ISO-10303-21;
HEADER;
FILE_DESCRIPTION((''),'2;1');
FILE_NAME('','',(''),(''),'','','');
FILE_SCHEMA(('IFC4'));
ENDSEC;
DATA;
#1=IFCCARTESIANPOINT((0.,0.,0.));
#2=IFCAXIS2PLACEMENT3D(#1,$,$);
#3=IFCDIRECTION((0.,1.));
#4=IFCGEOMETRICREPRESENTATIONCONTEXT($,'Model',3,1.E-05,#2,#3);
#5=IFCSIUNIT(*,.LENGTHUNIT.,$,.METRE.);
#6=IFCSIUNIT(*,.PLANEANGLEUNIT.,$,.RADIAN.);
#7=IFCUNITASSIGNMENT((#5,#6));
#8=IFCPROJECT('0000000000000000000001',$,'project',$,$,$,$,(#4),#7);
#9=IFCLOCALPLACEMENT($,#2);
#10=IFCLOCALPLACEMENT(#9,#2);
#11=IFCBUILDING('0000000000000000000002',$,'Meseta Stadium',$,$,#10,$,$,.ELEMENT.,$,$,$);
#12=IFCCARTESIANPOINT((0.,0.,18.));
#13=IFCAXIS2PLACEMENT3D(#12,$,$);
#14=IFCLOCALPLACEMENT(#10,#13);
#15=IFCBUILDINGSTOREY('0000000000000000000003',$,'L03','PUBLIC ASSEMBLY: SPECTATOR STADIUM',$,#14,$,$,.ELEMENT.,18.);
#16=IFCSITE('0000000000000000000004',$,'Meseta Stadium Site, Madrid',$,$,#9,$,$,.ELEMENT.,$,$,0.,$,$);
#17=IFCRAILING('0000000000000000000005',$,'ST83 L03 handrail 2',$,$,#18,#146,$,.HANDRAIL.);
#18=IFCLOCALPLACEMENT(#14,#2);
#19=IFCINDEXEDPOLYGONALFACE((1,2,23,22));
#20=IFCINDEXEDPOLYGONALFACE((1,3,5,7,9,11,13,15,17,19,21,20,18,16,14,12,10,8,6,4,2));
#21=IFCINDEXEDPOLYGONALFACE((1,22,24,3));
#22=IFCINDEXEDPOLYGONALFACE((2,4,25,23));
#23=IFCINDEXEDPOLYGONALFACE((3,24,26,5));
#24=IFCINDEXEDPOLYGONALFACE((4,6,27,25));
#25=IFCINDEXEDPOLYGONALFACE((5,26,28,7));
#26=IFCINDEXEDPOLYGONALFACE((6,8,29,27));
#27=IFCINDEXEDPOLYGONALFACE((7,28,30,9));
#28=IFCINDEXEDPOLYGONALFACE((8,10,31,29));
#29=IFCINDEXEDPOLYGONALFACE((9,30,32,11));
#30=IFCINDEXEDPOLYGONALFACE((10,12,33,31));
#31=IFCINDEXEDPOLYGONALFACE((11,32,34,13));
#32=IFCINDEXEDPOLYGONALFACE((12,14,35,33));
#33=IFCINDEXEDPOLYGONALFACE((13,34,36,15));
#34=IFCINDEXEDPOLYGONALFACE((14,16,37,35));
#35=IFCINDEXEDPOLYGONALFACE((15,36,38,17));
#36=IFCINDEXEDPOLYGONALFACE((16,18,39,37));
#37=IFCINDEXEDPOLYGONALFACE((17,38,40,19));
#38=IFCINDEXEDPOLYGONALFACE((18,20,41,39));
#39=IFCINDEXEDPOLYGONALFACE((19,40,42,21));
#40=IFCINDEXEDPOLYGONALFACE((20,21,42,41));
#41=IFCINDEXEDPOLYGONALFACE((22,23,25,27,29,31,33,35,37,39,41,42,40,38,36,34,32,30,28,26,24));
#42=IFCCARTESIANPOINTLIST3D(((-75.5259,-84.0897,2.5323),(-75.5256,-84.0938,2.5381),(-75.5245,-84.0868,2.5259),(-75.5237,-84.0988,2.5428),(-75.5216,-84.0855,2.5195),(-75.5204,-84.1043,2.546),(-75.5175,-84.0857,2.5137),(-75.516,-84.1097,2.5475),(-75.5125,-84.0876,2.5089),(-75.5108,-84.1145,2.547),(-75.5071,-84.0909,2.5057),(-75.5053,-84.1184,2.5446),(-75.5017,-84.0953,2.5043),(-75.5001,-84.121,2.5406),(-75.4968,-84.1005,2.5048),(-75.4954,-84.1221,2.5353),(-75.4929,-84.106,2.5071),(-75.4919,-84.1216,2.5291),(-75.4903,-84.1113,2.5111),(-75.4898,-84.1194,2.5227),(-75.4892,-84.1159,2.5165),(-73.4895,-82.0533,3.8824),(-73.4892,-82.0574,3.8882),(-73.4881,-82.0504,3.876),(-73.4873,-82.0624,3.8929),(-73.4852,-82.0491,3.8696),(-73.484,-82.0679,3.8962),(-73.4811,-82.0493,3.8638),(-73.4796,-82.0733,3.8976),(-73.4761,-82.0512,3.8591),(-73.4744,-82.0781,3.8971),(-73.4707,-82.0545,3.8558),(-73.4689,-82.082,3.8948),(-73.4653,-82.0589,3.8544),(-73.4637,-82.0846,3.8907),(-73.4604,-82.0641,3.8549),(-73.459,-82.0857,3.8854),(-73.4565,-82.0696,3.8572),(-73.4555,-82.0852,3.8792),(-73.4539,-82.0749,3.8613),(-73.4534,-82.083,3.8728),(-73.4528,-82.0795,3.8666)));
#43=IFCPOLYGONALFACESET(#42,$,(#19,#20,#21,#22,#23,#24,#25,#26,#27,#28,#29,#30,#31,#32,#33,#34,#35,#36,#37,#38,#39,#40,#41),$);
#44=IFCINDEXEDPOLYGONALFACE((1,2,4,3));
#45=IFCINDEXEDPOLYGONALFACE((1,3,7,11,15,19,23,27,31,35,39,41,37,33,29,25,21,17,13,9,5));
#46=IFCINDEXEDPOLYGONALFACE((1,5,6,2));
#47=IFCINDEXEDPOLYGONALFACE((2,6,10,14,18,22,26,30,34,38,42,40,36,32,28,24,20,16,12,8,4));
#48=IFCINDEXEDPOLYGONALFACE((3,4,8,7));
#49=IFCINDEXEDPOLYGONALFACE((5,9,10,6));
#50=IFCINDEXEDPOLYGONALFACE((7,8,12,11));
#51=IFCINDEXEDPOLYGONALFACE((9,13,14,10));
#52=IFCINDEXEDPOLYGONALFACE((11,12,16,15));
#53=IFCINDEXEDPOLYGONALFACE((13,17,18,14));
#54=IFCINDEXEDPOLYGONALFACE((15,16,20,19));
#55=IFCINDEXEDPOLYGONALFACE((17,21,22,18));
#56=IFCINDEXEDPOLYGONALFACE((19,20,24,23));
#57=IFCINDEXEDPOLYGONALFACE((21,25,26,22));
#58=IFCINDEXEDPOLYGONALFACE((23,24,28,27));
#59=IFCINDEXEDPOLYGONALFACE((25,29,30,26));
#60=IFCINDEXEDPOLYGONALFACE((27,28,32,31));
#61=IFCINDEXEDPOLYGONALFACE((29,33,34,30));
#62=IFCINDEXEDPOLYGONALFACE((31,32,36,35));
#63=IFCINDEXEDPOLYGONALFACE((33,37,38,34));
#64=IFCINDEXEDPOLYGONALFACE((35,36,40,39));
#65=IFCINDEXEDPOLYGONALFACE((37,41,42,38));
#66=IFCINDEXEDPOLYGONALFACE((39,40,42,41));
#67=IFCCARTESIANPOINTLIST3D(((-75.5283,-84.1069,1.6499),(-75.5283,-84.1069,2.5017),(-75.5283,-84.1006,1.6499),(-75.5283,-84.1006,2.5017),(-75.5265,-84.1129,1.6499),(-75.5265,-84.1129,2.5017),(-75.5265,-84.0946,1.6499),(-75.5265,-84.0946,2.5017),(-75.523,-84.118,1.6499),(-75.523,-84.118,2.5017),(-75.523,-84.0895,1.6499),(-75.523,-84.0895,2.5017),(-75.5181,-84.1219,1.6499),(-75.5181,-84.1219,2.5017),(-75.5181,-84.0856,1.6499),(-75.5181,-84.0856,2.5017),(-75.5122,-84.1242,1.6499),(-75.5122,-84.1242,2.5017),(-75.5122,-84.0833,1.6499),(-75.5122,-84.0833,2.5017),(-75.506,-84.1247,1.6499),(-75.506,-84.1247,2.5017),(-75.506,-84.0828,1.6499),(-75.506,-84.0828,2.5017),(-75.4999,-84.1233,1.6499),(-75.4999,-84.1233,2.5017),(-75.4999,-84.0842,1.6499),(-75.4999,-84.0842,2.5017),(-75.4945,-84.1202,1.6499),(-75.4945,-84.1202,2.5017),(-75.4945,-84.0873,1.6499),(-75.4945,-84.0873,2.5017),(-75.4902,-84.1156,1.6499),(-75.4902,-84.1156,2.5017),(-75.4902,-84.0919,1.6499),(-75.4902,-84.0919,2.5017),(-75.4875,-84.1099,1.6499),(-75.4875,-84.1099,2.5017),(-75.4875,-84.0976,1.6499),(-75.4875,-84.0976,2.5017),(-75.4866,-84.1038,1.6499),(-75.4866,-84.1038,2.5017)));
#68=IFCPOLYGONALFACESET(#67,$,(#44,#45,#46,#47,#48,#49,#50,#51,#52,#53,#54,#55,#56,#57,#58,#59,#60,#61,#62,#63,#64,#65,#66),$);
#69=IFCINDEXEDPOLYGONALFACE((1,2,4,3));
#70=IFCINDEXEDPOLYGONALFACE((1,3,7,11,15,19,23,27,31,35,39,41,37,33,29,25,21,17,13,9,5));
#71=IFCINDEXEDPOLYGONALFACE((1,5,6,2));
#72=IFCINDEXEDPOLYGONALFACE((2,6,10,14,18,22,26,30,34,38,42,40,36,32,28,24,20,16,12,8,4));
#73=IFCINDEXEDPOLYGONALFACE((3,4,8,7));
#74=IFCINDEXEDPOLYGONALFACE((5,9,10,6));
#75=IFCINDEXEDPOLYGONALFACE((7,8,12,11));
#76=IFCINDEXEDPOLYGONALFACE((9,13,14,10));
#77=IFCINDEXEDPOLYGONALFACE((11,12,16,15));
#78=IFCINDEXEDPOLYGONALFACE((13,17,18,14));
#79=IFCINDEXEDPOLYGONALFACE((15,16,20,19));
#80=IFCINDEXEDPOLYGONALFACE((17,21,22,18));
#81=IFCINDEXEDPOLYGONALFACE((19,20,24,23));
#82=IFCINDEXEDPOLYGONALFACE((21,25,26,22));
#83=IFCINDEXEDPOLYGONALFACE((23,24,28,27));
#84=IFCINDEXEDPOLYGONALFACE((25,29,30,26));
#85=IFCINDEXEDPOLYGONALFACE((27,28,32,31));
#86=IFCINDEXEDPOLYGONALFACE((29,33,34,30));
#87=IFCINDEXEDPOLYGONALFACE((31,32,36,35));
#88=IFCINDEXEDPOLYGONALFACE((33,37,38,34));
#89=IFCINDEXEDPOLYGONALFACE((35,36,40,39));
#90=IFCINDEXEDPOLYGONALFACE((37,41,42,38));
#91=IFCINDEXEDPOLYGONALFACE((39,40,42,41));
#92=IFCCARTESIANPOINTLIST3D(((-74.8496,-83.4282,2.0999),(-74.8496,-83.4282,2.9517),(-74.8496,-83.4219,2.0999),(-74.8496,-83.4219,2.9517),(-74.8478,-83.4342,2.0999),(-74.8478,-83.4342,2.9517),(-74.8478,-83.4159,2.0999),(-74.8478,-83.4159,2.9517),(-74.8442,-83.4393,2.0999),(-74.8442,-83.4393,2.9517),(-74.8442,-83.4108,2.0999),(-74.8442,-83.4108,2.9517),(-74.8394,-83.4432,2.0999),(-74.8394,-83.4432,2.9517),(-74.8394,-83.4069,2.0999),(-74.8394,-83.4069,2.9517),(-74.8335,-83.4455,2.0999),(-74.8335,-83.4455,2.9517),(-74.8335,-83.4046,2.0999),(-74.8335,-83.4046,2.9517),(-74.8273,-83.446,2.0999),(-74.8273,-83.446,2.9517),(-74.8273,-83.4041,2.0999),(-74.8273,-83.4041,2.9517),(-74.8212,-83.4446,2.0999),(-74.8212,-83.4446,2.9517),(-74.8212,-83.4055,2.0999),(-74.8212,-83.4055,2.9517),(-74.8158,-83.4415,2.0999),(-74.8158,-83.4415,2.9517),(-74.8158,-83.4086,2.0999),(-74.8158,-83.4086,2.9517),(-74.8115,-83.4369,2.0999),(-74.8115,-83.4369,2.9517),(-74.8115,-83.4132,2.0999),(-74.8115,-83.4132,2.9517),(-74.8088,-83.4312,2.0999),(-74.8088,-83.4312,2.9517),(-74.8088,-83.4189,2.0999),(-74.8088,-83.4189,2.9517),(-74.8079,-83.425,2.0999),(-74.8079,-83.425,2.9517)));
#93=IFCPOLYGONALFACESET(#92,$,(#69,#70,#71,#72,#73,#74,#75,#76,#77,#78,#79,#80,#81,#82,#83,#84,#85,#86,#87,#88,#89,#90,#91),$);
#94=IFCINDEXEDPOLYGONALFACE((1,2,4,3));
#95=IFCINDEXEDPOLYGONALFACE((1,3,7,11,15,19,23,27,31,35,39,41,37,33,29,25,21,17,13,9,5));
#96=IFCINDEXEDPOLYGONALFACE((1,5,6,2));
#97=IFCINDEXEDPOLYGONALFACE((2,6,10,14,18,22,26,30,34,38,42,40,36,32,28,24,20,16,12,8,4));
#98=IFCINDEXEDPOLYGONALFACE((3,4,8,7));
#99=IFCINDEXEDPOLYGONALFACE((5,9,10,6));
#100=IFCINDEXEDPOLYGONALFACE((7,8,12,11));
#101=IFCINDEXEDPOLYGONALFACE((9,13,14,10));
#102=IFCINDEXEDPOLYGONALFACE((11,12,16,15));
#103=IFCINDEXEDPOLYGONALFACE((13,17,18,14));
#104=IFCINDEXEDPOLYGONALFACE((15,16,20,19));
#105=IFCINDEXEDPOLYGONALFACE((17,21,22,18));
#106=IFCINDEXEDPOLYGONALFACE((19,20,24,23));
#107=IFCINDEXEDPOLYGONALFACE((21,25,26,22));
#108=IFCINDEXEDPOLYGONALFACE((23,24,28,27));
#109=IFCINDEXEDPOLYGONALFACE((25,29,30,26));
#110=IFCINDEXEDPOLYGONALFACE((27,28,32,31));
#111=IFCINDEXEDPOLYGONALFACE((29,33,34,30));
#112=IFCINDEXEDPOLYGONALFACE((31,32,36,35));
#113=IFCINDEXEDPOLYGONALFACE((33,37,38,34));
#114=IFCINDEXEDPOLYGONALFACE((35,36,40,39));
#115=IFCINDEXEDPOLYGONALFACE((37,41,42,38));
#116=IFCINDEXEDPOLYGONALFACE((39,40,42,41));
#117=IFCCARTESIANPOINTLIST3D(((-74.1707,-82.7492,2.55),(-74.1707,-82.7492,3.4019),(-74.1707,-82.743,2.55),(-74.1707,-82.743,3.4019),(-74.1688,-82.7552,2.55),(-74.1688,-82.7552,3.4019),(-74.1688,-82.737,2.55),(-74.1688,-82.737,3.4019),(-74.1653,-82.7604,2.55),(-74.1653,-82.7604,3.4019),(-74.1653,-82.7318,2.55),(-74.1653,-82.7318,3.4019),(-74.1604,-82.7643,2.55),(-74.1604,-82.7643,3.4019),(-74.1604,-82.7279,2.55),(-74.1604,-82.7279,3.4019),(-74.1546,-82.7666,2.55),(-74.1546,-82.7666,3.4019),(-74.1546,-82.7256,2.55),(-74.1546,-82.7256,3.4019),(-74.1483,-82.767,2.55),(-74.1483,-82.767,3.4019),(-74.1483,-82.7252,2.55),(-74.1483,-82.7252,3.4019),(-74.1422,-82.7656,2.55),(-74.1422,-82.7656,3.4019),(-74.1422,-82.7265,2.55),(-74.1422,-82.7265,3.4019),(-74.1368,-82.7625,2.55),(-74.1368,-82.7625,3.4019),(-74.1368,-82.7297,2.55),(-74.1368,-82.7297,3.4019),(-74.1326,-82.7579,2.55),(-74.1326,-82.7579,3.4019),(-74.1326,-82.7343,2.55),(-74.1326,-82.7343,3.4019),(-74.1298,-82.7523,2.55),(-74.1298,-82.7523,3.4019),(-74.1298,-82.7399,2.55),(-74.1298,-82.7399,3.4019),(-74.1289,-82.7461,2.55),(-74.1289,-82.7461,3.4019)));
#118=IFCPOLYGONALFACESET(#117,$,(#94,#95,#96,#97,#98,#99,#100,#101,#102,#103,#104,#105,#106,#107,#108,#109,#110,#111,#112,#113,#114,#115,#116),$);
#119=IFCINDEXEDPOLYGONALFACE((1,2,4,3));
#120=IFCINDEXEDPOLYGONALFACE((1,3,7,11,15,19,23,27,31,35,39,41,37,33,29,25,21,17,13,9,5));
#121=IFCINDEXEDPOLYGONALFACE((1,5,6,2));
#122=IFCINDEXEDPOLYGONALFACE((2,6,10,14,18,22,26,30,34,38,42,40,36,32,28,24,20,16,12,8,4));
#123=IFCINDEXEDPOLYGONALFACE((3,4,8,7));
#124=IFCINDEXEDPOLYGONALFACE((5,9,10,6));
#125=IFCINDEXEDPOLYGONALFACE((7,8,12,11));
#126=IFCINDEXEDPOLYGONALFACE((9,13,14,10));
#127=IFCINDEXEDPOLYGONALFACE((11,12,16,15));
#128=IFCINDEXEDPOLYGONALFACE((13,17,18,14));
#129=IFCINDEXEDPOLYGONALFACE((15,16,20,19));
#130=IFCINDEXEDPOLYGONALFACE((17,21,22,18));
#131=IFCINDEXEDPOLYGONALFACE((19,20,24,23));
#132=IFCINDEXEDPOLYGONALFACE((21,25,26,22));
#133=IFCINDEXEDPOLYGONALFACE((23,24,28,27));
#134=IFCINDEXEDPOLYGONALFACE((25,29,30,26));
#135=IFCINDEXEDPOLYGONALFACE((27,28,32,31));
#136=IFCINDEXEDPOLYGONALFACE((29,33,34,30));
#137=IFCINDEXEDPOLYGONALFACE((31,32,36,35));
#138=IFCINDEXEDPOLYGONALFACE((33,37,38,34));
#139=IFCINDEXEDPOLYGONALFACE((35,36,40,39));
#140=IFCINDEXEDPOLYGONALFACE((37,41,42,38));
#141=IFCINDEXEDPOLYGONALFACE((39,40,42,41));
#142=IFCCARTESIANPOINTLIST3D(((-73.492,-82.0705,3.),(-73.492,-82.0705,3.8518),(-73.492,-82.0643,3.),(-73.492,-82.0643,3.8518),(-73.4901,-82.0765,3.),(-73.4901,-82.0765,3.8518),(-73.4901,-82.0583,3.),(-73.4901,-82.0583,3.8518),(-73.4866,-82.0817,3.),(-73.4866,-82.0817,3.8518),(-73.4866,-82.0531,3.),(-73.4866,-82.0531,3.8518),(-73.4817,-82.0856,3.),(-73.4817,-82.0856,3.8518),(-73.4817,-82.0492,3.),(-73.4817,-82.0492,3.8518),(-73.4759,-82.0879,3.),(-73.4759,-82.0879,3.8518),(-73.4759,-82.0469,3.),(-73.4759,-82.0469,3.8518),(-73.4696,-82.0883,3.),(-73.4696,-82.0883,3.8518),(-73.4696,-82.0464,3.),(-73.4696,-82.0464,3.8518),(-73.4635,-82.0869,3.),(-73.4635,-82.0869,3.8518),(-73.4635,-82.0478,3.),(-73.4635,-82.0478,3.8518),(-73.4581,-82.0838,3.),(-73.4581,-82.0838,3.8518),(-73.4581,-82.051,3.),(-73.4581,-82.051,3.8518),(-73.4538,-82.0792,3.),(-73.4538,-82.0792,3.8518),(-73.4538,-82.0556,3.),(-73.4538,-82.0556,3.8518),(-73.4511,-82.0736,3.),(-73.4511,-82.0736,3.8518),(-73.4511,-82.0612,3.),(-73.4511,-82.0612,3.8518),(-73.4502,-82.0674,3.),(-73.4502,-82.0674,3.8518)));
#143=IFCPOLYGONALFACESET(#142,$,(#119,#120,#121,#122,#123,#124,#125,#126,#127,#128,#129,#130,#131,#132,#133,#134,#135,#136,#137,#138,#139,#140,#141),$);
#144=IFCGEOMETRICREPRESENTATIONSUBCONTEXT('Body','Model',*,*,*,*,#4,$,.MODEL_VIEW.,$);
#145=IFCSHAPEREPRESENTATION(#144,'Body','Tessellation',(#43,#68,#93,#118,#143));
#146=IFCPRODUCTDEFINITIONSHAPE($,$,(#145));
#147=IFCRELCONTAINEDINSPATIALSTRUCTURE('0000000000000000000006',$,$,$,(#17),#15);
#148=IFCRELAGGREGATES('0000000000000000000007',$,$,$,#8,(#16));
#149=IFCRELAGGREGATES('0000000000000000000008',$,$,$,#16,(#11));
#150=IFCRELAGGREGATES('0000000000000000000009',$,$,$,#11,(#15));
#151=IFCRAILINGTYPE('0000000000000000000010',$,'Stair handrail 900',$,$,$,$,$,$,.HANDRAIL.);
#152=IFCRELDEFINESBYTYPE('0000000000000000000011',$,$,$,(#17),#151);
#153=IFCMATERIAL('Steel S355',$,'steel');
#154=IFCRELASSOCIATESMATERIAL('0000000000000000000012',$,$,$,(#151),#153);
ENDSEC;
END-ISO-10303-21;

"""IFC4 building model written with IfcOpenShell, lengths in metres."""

from ifc_helpers import new_model, si_unit, direction, frame, origin, origin_2d, place, context, subcontext, project, spatial, circle, extrude, material, type_object, element, save


model = new_model("IFC4")

# Units and contexts
model_context = context("Model", 3, precision=1e-05, world=origin(), true_north=direction((0.0, 1.0)))
body_context = subcontext(model_context, "Body", "Model", "MODEL_VIEW")
ifc_project = project(units=[si_unit("LENGTHUNIT", "METRE"), si_unit("PLANEANGLEUNIT", "RADIAN")], contexts=[model_context])

# Site, building, storey
site_placement = place(None, origin())
site = spatial("IfcSite", under=ifc_project, at=site_placement, Name="Meseta Stadium Site, Madrid", CompositionType="ELEMENT", RefElevation=0.0)
building_placement = place(site_placement, origin())
building = spatial("IfcBuilding", under=site, at=building_placement, Name="Meseta Stadium", CompositionType="ELEMENT")
storey_placement = place(building_placement, frame((0.0, 0.0, 18.0)))
storey = spatial("IfcBuildingStorey", under=building, at=storey_placement, Name="L03", Description="PUBLIC ASSEMBLY: SPECTATOR STADIUM", CompositionType="ELEMENT", Elevation=18.0)

# Railing
ifc_material_1 = material(Name="Steel S355", Category="steel")
railing_type_1 = type_object("IfcRailingType", Name="Stair handrail 900", PredefinedType="HANDRAIL", material=ifc_material_1)
for number, where, name in (
    (1, (-75.5076, -84.1038, 1.6499), "ST83 L03 handrail 2"),
):
    element("IfcRailing", number, at=place(storey_placement, frame(where)), inside=storey, type_object=railing_type_1, Name=name, PredefinedType="HANDRAIL", context=body_context, shape_type="SweptSolid", body=[
        extrude(circle(Radius=0.0239, at=origin_2d()), frame((0.0, 0.0, 0.876), z_axis=(0.640243, 0.640243, 0.424475), x_axis=(-0.707107, 0.707107, 0.0)), (0.0, 0.0, 1.0), 3.1807),
        extrude(circle(Radius=0.021, at=origin_2d()), origin(), (0.0, 0.0, 1.0), 0.8518),
        extrude(circle(Radius=0.021, at=origin_2d()), frame((0.6787, 0.6787, 0.45)), (0.0, 0.0, 1.0), 0.8518),
        extrude(circle(Radius=0.021, at=origin_2d()), frame((1.3577, 1.3577, 0.9001)), (0.0, 0.0, 1.0), 0.8518),
        extrude(circle(Radius=0.021, at=origin_2d()), frame((2.0364, 2.0364, 1.3501)), (0.0, 0.0, 1.0), 0.8518),
    ])

save(model, "model.ifc")
